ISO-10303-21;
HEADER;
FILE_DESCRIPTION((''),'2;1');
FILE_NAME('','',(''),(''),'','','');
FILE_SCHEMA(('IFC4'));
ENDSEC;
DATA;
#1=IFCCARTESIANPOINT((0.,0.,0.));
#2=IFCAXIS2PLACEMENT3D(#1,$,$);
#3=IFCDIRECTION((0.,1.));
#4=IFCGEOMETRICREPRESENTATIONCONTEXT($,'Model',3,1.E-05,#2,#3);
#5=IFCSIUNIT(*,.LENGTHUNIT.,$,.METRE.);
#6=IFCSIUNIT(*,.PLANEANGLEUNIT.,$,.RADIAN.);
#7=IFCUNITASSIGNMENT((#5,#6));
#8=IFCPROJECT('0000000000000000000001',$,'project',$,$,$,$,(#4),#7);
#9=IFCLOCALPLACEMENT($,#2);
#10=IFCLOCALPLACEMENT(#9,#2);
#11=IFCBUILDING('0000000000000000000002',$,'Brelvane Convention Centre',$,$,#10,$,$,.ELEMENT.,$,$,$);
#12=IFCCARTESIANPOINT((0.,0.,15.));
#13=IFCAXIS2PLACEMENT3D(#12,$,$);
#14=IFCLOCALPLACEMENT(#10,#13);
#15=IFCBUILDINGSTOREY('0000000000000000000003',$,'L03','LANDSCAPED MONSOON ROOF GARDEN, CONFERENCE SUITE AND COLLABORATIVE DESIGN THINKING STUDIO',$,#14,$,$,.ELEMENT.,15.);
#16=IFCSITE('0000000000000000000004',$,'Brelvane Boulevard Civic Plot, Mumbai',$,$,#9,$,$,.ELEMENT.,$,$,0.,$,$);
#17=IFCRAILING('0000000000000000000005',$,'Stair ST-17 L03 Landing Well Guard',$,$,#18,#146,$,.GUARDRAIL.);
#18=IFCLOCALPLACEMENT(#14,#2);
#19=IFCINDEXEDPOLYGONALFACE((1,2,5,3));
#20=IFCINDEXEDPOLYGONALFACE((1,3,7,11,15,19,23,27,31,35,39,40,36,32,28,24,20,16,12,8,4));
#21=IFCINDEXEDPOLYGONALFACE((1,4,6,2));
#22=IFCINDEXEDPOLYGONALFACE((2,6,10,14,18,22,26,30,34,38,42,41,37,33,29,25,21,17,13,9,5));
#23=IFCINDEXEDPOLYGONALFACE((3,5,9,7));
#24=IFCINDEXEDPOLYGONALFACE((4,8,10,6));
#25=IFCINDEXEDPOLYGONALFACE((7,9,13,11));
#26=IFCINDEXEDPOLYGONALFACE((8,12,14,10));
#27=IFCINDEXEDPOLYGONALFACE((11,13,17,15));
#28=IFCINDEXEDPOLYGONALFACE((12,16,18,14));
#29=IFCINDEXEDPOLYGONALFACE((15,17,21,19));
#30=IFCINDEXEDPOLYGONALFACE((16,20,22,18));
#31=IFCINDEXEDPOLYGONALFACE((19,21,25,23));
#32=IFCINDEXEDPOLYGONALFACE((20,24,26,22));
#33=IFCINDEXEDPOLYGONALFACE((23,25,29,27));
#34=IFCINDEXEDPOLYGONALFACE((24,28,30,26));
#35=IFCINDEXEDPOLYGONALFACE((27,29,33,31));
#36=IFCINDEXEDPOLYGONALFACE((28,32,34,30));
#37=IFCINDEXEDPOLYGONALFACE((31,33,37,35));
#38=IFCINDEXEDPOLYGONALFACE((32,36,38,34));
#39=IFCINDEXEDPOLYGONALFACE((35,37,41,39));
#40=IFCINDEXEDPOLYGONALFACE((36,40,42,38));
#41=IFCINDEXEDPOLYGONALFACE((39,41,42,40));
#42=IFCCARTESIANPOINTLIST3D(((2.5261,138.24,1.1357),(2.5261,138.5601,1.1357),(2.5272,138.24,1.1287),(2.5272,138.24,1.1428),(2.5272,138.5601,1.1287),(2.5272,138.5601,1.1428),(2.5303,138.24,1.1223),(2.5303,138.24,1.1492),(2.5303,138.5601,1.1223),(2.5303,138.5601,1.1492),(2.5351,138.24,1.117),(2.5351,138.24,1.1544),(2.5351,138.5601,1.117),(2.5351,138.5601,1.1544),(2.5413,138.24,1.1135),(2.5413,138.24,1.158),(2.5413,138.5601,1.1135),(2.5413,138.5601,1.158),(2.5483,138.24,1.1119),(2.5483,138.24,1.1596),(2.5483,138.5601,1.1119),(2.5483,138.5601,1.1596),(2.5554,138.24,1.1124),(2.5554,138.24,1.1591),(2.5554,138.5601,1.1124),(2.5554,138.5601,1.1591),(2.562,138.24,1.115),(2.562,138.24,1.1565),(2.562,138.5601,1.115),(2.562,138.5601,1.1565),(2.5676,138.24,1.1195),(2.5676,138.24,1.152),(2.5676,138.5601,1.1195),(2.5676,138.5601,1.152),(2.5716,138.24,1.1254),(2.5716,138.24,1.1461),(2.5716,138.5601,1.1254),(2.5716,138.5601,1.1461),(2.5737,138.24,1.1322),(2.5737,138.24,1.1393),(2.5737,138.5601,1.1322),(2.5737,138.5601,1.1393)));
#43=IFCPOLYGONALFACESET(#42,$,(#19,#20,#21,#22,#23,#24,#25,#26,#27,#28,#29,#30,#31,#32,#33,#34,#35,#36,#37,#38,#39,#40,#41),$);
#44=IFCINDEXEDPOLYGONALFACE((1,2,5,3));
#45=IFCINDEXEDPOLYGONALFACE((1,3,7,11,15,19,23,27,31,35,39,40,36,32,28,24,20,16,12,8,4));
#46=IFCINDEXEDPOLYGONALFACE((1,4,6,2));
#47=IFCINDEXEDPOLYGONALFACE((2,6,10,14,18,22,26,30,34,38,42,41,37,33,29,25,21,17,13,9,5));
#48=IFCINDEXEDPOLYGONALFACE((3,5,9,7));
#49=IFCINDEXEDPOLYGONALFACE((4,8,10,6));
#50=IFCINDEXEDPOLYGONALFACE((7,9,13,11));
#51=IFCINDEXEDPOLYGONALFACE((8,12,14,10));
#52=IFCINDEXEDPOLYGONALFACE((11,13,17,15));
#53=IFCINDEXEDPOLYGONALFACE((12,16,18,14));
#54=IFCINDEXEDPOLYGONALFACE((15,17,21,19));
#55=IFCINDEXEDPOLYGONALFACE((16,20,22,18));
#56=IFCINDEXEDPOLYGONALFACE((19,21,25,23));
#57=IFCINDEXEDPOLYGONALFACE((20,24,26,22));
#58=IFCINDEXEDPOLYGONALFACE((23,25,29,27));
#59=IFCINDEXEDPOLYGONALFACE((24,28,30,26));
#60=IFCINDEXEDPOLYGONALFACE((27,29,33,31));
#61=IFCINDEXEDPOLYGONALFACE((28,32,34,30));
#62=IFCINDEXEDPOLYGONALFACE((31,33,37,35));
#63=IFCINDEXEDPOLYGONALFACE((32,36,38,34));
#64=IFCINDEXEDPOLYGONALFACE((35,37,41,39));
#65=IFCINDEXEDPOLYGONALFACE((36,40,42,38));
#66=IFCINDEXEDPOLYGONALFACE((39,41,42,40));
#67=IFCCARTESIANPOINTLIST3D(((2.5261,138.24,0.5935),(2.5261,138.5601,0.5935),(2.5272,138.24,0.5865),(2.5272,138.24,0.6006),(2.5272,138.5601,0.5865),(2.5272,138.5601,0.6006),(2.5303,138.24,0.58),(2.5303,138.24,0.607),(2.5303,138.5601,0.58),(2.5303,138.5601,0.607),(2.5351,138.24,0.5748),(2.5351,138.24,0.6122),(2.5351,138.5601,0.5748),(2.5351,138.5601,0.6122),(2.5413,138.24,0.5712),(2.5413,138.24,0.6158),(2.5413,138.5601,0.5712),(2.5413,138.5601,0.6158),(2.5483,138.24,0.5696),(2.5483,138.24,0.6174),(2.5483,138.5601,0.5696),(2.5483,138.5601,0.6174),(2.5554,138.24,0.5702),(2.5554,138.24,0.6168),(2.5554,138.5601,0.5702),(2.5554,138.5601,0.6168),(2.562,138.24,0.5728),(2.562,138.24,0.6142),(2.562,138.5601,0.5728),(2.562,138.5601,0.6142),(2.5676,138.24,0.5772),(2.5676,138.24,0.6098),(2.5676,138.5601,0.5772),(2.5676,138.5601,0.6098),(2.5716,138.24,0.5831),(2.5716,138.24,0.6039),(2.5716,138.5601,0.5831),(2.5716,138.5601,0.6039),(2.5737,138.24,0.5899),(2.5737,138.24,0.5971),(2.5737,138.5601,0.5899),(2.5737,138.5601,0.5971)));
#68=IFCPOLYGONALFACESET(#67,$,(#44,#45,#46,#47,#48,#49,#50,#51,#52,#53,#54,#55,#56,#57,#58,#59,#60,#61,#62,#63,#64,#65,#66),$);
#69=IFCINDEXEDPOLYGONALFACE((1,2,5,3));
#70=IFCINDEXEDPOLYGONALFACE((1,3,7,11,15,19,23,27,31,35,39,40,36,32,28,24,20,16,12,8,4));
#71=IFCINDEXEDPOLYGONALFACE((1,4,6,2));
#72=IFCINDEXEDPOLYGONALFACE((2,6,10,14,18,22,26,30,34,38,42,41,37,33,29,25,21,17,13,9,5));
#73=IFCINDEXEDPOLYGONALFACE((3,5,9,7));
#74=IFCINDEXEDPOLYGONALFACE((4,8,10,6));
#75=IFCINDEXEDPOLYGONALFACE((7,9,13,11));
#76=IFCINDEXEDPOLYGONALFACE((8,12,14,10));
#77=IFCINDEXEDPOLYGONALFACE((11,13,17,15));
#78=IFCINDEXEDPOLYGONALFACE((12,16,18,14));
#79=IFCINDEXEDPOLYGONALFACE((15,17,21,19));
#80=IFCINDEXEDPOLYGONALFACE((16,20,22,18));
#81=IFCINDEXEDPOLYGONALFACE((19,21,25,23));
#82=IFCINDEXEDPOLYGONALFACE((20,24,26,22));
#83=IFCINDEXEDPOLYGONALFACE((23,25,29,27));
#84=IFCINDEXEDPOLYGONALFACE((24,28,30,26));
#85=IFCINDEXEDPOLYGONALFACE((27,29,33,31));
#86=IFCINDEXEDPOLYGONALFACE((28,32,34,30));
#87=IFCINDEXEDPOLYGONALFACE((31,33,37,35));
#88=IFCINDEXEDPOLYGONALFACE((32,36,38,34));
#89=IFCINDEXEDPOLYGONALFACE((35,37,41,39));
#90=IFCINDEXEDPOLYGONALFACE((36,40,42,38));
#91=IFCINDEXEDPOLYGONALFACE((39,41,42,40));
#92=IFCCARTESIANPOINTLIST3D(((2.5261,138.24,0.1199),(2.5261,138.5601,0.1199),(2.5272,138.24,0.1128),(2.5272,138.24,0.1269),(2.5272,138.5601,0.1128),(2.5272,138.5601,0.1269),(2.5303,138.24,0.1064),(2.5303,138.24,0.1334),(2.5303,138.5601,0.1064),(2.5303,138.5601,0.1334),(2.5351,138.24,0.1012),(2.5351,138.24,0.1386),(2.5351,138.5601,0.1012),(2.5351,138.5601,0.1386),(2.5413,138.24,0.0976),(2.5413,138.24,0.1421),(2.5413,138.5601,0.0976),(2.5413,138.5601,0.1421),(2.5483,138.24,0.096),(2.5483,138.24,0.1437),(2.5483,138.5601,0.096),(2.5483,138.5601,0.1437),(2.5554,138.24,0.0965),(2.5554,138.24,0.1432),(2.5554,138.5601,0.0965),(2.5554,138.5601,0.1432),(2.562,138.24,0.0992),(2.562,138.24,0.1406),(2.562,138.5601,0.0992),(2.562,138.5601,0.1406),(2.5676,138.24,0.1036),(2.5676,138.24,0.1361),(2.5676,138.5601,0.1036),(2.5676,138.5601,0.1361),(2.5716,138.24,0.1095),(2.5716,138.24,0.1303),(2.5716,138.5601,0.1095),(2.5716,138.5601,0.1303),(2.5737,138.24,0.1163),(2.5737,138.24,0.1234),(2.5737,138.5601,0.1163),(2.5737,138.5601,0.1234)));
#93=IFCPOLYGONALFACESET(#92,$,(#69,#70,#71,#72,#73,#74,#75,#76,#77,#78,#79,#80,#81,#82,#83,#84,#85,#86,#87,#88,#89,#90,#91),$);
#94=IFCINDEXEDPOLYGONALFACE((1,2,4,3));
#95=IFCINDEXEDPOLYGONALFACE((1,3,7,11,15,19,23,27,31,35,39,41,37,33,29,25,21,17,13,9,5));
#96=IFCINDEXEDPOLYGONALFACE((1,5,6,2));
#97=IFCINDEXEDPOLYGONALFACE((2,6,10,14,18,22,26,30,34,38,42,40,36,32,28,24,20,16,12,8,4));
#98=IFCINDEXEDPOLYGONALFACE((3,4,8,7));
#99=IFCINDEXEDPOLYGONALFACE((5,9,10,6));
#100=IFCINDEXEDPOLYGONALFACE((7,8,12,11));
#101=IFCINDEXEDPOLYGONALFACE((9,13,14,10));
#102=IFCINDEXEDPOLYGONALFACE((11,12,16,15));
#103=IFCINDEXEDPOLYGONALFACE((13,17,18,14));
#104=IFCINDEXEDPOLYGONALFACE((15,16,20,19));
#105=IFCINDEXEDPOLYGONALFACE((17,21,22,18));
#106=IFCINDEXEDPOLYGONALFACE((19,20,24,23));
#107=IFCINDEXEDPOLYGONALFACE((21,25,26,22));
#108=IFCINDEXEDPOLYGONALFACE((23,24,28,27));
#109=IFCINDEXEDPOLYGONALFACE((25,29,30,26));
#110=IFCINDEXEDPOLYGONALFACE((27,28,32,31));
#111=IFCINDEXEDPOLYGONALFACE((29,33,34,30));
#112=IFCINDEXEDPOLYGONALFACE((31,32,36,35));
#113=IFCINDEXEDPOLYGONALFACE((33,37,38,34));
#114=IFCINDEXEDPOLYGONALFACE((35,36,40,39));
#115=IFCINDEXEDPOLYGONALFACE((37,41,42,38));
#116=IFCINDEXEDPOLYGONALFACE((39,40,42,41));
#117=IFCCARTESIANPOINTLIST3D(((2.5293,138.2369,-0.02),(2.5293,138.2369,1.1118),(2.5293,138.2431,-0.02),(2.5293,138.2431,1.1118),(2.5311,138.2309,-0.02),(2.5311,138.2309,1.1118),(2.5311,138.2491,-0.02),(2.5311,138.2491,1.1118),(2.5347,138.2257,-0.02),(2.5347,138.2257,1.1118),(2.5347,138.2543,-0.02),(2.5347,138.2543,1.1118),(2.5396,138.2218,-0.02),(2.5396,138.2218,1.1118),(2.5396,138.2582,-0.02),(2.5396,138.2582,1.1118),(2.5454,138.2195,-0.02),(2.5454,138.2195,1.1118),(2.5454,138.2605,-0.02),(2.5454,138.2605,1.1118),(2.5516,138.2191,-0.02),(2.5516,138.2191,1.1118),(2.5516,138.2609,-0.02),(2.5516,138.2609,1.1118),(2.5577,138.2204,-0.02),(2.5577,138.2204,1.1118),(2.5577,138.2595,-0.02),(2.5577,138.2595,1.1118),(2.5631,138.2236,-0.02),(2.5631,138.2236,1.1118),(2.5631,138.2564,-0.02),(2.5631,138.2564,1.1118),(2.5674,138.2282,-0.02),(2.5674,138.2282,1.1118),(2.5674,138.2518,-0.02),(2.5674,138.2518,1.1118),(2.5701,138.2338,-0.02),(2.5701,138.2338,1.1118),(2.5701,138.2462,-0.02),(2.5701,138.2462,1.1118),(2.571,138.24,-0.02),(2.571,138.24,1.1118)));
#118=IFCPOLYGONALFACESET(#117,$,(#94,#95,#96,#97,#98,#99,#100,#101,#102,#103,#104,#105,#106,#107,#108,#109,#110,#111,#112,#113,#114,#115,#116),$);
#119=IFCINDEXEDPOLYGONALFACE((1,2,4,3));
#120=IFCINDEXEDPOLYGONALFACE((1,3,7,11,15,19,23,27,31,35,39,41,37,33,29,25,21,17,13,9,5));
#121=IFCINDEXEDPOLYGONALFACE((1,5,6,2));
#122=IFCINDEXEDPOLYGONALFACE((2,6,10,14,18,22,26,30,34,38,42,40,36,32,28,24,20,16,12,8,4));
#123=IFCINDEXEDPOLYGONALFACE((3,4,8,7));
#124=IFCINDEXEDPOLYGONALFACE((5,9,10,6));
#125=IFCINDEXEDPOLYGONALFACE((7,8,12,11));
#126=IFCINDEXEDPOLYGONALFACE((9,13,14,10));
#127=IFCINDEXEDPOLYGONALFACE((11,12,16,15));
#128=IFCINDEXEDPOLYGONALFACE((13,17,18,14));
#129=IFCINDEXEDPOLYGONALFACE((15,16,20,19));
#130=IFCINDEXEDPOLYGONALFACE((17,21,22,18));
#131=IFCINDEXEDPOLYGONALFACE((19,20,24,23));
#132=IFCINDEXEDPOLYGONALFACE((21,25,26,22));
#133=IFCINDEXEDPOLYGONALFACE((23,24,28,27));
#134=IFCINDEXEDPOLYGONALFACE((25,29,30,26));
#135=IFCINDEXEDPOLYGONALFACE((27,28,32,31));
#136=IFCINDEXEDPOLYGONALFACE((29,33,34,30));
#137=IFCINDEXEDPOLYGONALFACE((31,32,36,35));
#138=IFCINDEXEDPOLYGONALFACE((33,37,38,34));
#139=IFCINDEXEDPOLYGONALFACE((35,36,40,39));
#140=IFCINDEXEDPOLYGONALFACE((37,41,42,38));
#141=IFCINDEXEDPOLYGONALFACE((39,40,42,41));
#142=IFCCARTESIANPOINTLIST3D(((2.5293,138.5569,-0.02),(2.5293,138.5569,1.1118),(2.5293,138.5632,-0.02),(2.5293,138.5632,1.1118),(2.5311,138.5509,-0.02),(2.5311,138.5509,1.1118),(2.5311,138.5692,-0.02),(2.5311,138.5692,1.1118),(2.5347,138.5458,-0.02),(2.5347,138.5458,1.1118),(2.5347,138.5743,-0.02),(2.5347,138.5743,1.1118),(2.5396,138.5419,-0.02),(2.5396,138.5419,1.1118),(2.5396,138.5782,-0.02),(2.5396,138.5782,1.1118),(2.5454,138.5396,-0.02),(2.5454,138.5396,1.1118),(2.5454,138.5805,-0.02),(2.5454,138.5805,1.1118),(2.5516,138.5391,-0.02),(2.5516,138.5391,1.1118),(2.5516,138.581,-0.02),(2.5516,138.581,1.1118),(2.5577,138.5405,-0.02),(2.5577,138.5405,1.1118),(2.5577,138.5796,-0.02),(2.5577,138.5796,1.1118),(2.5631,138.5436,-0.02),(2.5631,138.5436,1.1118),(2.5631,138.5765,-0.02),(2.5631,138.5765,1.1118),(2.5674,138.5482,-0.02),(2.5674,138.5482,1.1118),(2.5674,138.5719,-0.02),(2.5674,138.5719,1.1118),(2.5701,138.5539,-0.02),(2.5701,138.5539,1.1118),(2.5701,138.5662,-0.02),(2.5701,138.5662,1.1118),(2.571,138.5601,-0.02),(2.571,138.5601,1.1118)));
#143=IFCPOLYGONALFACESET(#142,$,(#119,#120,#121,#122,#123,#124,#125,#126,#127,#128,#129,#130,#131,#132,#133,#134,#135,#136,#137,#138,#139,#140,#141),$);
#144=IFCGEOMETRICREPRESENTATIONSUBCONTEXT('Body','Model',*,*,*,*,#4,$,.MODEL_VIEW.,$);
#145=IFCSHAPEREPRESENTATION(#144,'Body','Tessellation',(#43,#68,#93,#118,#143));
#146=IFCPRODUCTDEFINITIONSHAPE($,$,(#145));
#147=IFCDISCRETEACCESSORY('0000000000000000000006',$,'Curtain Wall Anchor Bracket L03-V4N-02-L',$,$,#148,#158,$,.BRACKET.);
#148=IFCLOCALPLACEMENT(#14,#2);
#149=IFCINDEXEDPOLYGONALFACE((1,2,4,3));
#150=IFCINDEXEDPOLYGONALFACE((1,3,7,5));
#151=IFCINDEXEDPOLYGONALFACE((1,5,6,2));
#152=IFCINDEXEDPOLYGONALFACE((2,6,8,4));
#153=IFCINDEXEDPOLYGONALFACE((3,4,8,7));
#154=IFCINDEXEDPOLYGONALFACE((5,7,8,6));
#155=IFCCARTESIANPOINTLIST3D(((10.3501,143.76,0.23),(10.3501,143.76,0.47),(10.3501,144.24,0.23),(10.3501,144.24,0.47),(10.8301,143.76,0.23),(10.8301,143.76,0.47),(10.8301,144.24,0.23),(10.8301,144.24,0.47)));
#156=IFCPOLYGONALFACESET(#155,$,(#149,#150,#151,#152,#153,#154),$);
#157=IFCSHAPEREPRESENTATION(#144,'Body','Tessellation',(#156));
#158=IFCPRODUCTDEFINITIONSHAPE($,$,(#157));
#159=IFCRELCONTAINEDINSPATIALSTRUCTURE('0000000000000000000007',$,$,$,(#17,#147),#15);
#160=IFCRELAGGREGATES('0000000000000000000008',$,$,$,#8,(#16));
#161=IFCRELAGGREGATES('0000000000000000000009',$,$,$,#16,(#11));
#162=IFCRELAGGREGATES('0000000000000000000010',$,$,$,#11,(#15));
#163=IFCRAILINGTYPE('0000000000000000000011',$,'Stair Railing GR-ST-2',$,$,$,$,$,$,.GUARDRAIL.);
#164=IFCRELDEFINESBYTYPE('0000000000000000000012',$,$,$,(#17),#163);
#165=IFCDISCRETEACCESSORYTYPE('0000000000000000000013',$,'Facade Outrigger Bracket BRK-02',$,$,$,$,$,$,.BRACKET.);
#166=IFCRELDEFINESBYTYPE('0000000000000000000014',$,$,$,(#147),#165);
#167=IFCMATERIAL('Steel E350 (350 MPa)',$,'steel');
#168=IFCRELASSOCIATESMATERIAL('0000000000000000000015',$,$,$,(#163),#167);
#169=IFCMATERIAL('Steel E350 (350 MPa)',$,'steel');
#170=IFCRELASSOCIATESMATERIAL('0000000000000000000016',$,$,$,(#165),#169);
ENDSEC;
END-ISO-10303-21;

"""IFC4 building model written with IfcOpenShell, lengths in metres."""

from ifc_helpers import new_model, si_unit, direction, frame, origin, origin_2d, place, context, subcontext, project, spatial, rectangle, circle, extrude, material, type_object, element, save


model = new_model("IFC4")

# Units and contexts
model_context = context("Model", 3, precision=1e-05, world=origin(), true_north=direction((0.0, 1.0)))
body_context = subcontext(model_context, "Body", "Model", "MODEL_VIEW")
ifc_project = project(units=[si_unit("LENGTHUNIT", "METRE"), si_unit("PLANEANGLEUNIT", "RADIAN")], contexts=[model_context])

# Site, building, storey
site_placement = place(None, origin())
site = spatial("IfcSite", under=ifc_project, at=site_placement, Name="Brelvane Boulevard Civic Plot, Mumbai", CompositionType="ELEMENT", RefElevation=0.0)
building_placement = place(site_placement, origin())
building = spatial("IfcBuilding", under=site, at=building_placement, Name="Brelvane Convention Centre", CompositionType="ELEMENT")
storey_placement = place(building_placement, frame((0.0, 0.0, 15.0)))
storey = spatial("IfcBuildingStorey", under=building, at=storey_placement, Name="L03", Description="LANDSCAPED MONSOON ROOF GARDEN, CONFERENCE SUITE AND COLLABORATIVE DESIGN THINKING STUDIO", CompositionType="ELEMENT", Elevation=15.0)

# Railing
ifc_material_1 = material(Name="Steel E350 (350 MPa)", Category="steel")
railing_type_1 = type_object("IfcRailingType", Name="Stair Railing GR-ST-2", PredefinedType="GUARDRAIL", material=ifc_material_1)
railing_1_placement = place(storey_placement, frame((2.55, 138.24, -0.02)))
element("IfcRailing", 1, at=railing_1_placement, inside=storey, type_object=railing_type_1, Name="Stair ST-17 L03 Landing Well Guard", PredefinedType="GUARDRAIL", context=body_context, shape_type="SweptSolid", body=[
    extrude(circle(Radius=0.0239, at=origin_2d()), frame((0.0, 0.0, 1.1558), z_axis=(0.0, 1.0, 0.0), x_axis=(-1.0, 0.0, 0.0)), (0.0, 0.0, 1.0), 0.3201),
    extrude(circle(Radius=0.0239, at=origin_2d()), frame((0.0, 0.0, 0.6135), z_axis=(0.0, 1.0, 0.0), x_axis=(-1.0, 0.0, 0.0)), (0.0, 0.0, 1.0), 0.3201),
    extrude(circle(Radius=0.0239, at=origin_2d()), frame((0.0, 0.0, 0.1399), z_axis=(0.0, 1.0, 0.0), x_axis=(-1.0, 0.0, 0.0)), (0.0, 0.0, 1.0), 0.3201),
    extrude(circle(Radius=0.021, at=origin_2d()), origin(), (0.0, 0.0, 1.0), 1.1318),
    extrude(circle(Radius=0.021, at=origin_2d()), frame((0.0, 0.3201, 0.0)), (0.0, 0.0, 1.0), 1.1318),
])

# Discrete accessory
ifc_material_2 = material(Name="Steel E350 (350 MPa)", Category="steel")
discrete_accessory_type = type_object("IfcDiscreteAccessoryType", Name="Facade Outrigger Bracket BRK-02", PredefinedType="BRACKET", material=ifc_material_2)
discrete_accessory_placement = place(storey_placement, frame((10.5901, 144.0, 0.23), z_axis=(0.0, 0.0, 1.0), x_axis=(1.0, 0.0, 0.0)))
element("IfcDiscreteAccessory", 2, at=discrete_accessory_placement, inside=storey, type_object=discrete_accessory_type, Name="Curtain Wall Anchor Bracket L03-V4N-02-L", PredefinedType="BRACKET", context=body_context, shape_type="SweptSolid", body=[
    extrude(rectangle(XDim=0.48, YDim=0.48, at=origin_2d()), origin(), (0.0, 0.0, 1.0), 0.24),
])

save(model, "model.ifc")
